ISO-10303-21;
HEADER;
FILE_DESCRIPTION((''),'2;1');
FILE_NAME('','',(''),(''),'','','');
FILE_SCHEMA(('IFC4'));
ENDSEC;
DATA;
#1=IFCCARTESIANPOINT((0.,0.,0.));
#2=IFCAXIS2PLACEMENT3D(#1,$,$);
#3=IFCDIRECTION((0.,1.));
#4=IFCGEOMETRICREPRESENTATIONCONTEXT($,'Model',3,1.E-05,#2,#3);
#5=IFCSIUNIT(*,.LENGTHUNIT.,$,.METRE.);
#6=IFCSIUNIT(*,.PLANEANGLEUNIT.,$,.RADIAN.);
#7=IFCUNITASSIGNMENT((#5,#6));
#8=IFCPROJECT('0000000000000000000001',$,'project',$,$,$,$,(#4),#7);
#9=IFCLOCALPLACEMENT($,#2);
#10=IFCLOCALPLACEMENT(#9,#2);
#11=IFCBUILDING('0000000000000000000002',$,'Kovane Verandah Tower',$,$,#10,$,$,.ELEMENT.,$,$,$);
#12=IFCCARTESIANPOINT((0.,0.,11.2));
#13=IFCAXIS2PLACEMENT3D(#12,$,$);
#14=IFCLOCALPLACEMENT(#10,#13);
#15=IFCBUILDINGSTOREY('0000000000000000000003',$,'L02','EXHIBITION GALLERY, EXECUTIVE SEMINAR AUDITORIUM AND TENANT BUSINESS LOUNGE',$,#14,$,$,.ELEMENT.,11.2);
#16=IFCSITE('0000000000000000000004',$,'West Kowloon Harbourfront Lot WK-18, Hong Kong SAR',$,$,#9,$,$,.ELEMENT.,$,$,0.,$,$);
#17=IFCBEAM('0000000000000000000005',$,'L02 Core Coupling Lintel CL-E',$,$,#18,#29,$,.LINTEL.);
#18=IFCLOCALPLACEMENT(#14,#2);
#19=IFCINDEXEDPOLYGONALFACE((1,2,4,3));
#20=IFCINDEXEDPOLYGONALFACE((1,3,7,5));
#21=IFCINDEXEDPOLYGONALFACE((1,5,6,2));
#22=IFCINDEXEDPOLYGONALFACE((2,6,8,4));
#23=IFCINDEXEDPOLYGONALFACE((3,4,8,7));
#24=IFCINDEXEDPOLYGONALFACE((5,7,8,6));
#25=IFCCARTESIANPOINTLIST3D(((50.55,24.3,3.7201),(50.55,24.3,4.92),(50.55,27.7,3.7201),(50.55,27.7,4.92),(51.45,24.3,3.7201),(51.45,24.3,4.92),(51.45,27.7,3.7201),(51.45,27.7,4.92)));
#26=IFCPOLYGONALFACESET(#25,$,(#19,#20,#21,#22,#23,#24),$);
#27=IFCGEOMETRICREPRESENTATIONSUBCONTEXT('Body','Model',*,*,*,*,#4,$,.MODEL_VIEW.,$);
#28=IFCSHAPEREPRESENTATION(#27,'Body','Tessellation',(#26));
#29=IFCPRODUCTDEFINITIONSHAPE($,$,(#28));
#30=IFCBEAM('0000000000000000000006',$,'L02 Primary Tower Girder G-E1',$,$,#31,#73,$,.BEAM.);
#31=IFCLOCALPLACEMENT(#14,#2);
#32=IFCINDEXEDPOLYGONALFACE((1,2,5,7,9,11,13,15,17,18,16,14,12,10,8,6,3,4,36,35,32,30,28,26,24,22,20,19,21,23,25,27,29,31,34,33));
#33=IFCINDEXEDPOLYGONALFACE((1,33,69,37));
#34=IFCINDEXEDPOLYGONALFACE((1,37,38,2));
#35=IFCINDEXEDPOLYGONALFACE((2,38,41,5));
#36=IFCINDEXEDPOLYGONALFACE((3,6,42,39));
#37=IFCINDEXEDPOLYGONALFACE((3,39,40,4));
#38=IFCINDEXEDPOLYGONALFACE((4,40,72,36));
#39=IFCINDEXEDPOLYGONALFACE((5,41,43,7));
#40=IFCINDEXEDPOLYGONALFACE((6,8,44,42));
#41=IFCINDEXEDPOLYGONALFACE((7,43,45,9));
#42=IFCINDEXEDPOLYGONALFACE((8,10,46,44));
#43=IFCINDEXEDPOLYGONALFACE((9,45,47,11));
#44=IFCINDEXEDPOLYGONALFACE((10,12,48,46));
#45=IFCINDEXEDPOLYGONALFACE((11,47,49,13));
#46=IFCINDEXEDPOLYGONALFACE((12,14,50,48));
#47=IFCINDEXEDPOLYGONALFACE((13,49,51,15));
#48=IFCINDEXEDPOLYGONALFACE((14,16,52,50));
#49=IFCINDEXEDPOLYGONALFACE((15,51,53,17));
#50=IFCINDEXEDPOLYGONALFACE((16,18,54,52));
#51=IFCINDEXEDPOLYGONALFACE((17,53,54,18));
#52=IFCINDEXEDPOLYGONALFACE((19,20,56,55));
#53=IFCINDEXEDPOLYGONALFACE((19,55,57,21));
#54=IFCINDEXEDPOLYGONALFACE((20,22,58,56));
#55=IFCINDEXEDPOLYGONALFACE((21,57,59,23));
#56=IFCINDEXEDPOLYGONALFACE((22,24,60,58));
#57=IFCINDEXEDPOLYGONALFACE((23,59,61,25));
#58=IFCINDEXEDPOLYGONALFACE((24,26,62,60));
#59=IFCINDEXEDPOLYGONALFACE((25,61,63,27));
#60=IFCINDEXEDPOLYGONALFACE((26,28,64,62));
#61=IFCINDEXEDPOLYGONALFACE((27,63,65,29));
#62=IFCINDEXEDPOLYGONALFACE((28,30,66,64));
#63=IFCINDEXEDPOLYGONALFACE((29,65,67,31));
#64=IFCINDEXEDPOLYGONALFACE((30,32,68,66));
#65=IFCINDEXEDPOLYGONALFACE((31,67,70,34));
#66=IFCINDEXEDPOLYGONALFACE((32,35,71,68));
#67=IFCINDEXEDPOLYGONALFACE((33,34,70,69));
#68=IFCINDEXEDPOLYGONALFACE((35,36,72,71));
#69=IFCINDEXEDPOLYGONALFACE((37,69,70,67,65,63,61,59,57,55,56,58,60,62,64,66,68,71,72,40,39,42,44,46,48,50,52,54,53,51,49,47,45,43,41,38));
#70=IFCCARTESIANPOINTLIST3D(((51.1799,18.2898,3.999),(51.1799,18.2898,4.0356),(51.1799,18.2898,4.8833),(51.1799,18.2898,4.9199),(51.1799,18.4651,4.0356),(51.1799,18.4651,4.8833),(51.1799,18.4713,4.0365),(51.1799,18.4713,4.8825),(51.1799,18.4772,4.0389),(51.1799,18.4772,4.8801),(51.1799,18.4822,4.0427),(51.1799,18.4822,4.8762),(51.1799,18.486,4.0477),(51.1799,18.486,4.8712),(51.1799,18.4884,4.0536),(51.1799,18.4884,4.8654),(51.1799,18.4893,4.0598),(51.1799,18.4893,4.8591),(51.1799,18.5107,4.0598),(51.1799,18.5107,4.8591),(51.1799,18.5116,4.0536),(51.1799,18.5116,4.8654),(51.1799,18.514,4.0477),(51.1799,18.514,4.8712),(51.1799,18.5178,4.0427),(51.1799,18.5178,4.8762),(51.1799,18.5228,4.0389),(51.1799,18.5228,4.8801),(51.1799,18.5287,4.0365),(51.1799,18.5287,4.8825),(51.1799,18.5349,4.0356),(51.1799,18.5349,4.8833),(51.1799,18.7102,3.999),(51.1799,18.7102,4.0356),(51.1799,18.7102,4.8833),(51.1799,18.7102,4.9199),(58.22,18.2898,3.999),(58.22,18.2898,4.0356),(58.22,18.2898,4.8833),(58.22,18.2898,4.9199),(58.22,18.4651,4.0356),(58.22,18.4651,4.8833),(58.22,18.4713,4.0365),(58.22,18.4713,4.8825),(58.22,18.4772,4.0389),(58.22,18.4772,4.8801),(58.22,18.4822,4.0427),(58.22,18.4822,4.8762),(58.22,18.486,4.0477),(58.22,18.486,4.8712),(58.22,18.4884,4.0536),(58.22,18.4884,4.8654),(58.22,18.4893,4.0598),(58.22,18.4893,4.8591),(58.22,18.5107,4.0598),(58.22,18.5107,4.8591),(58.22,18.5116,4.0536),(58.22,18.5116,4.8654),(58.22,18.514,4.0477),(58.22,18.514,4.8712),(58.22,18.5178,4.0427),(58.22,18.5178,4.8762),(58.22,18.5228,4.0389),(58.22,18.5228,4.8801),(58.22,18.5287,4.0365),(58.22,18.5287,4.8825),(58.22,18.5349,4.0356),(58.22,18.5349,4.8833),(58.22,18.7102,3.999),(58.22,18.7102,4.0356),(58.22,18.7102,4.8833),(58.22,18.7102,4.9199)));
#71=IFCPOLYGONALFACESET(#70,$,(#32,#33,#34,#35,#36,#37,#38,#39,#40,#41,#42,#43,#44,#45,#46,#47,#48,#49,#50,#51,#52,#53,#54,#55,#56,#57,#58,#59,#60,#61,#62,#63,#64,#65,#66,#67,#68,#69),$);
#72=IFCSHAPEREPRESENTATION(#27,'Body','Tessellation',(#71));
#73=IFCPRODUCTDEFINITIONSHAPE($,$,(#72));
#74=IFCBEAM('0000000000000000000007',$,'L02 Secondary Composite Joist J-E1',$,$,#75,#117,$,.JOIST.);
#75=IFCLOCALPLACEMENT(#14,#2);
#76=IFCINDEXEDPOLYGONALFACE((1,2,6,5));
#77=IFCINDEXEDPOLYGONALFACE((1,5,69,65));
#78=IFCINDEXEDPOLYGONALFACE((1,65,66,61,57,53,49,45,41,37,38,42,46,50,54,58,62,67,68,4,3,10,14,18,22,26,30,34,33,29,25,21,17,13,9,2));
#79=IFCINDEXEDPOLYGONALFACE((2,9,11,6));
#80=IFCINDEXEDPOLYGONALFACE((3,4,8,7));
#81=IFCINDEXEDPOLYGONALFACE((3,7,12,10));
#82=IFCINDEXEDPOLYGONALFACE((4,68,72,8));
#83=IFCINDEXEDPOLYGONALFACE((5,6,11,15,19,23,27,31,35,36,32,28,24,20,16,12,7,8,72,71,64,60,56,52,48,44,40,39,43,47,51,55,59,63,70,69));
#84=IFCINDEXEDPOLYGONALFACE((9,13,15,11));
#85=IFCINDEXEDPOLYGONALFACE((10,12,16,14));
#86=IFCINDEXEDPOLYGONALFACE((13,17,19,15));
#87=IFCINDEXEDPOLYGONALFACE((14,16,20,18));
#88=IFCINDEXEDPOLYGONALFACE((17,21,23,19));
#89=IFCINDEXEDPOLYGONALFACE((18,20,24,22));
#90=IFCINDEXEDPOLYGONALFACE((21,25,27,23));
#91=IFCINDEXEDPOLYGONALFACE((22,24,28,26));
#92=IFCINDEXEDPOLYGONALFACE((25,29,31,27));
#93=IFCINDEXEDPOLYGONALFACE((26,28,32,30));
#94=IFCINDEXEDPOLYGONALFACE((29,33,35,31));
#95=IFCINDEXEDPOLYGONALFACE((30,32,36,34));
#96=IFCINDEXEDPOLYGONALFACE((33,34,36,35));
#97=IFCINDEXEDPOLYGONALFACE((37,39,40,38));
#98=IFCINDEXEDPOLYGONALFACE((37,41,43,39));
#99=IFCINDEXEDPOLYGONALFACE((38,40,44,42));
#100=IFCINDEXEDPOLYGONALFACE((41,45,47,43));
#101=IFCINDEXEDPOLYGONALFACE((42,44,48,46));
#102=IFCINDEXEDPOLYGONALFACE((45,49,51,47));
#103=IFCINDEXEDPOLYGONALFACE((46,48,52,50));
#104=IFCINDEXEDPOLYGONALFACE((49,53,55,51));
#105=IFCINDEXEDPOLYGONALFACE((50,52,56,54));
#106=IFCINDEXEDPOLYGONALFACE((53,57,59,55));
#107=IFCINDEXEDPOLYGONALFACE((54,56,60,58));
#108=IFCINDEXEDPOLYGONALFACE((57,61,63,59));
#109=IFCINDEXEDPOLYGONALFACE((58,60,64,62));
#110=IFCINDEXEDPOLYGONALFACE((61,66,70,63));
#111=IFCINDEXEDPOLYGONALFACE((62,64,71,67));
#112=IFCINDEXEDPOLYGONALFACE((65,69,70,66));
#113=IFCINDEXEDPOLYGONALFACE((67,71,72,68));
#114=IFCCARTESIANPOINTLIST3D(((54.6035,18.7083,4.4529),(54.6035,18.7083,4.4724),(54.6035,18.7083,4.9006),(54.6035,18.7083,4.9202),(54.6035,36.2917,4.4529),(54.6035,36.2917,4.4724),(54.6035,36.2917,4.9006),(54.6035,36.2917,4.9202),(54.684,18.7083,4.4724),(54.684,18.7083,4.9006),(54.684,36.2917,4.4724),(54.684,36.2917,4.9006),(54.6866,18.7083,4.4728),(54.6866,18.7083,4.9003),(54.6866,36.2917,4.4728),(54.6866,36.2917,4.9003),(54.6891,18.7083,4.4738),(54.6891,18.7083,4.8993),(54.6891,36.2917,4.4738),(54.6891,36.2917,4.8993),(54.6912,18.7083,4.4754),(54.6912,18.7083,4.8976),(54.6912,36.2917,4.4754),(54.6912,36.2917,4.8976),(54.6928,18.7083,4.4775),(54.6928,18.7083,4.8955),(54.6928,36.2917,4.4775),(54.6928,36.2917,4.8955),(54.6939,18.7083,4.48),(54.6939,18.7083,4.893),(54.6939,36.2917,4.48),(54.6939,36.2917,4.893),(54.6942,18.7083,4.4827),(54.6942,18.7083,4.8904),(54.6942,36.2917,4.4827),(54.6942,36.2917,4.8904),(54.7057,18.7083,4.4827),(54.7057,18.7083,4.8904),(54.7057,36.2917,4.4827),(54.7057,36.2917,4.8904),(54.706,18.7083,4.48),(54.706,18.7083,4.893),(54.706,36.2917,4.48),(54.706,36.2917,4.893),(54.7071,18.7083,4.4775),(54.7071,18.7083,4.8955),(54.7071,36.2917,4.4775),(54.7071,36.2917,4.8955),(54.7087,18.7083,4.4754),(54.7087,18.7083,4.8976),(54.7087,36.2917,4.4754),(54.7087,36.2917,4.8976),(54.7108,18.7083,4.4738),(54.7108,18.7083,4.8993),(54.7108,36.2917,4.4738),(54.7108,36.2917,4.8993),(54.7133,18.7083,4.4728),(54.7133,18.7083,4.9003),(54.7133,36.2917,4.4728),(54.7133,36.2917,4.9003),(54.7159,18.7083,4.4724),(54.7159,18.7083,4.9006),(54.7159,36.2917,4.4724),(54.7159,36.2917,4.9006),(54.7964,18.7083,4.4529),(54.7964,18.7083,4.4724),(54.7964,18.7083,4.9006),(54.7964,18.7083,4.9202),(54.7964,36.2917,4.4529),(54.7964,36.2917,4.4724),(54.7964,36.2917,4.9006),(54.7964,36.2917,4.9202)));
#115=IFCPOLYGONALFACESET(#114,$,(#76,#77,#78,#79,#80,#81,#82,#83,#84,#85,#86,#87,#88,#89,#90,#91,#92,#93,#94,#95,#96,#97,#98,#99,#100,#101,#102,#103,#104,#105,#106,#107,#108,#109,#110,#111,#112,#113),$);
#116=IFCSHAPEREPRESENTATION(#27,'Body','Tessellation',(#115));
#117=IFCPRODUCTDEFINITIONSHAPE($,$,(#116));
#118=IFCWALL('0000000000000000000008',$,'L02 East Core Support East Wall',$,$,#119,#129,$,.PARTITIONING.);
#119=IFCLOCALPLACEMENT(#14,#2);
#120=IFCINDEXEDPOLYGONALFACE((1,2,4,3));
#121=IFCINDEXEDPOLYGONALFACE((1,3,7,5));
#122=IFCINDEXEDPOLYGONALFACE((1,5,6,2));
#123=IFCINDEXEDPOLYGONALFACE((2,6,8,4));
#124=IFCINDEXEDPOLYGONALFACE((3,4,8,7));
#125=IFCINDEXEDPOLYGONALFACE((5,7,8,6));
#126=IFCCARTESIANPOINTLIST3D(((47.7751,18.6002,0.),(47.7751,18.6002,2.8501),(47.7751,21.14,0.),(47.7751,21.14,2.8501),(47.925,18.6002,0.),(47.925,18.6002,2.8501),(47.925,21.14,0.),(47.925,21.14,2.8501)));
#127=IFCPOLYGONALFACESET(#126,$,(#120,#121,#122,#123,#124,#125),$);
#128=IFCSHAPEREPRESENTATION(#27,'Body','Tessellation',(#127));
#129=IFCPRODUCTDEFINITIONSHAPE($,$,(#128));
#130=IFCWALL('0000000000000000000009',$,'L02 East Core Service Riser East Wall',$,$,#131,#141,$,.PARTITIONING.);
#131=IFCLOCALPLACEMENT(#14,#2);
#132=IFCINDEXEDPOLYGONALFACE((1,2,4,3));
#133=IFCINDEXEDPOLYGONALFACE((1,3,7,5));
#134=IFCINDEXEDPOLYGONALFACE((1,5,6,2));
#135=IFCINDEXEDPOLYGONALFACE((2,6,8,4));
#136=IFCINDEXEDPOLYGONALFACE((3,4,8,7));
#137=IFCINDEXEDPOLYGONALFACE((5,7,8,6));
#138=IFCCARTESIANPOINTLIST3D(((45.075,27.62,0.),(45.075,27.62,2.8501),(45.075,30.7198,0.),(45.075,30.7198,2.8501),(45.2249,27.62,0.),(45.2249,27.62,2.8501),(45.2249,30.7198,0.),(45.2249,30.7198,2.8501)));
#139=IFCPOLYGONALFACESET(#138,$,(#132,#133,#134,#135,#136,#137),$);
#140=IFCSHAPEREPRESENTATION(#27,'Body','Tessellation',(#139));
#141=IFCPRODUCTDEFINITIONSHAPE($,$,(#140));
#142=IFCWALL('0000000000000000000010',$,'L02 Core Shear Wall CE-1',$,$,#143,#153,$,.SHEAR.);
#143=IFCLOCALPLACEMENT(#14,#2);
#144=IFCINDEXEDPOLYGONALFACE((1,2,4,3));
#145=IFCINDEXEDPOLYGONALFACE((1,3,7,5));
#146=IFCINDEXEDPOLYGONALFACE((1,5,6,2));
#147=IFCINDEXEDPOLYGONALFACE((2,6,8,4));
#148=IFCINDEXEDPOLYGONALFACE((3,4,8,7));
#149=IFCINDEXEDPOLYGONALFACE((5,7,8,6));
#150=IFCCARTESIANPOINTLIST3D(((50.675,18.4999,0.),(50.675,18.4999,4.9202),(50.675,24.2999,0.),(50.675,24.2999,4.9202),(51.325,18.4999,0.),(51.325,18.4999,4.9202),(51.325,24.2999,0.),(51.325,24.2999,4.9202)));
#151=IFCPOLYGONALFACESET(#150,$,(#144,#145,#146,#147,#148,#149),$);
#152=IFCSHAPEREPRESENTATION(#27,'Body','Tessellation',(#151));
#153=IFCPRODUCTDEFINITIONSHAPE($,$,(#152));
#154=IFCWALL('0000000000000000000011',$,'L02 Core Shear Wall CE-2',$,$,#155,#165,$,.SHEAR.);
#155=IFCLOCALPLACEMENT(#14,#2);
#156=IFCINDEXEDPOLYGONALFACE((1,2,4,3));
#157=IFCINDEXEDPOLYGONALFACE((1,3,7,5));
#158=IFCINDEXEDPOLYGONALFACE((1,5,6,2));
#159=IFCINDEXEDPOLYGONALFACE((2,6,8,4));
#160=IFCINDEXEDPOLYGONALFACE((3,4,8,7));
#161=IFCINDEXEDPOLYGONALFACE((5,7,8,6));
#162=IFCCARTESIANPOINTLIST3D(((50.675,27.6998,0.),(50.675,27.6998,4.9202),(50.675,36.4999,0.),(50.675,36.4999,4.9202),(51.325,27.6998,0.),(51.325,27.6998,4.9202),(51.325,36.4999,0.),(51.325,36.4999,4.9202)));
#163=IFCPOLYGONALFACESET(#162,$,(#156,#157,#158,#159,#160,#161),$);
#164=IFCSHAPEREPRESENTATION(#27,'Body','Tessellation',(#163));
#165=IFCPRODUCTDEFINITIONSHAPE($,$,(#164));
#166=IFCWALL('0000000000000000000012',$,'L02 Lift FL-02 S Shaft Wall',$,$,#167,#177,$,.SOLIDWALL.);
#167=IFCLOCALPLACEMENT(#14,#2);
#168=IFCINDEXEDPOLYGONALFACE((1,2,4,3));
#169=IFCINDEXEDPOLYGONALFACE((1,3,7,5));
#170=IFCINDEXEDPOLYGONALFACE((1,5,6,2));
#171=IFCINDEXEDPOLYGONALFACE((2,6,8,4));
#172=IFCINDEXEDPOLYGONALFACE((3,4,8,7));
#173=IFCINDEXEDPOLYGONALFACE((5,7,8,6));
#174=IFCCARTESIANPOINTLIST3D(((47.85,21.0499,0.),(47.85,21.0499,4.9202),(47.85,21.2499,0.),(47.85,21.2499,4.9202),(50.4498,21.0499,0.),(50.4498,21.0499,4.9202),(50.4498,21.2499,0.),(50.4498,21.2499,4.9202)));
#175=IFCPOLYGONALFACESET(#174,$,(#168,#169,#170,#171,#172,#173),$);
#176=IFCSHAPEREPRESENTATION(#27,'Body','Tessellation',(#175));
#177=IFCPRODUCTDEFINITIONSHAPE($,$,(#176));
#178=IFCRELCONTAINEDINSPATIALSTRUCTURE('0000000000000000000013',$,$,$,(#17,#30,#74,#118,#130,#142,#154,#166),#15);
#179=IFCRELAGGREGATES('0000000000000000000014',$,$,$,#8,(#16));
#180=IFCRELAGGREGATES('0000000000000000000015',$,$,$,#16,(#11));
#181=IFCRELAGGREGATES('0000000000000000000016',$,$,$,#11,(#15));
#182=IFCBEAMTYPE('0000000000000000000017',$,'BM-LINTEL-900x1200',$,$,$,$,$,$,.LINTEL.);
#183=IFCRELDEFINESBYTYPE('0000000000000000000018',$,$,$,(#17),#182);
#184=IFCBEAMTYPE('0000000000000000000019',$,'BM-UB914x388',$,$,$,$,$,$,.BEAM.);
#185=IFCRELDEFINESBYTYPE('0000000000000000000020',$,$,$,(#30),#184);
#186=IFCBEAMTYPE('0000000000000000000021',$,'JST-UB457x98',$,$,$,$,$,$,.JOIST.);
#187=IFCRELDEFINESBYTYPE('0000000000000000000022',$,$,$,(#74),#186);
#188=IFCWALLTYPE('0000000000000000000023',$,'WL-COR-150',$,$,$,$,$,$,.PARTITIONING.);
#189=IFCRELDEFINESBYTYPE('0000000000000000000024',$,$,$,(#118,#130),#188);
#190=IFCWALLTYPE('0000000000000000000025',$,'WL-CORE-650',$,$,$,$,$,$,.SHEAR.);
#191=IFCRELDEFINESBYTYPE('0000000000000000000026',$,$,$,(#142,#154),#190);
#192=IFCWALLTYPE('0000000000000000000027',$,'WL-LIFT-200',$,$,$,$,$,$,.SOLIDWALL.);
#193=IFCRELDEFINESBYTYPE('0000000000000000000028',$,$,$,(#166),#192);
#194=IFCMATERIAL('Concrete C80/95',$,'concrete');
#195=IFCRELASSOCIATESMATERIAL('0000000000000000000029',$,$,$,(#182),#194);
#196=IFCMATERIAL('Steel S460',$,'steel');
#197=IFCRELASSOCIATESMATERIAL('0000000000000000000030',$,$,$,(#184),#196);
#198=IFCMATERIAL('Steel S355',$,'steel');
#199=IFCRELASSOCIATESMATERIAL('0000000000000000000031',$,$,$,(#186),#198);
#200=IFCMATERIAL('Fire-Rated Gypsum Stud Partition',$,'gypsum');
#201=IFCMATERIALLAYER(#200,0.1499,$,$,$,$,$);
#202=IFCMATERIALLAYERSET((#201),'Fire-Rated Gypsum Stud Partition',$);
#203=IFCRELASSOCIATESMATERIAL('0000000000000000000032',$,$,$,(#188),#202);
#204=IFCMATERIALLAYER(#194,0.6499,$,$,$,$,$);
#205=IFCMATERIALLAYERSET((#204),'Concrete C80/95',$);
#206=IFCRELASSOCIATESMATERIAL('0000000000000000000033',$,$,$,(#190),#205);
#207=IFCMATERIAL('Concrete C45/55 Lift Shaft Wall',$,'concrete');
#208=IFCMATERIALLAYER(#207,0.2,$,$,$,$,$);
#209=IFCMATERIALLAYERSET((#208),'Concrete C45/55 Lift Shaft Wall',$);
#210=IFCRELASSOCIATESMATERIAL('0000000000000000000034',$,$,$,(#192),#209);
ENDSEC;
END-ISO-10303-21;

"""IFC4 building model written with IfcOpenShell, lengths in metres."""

from ifc_helpers import new_model, si_unit, direction, frame, frame_2d, origin, origin_2d, place, context, subcontext, project, spatial, rectangle, i_section, extrude, material, layer, layer_set, material_profile, profile_set, type_object, element, save


model = new_model("IFC4")

# Units and contexts
model_context = context("Model", 3, precision=1e-05, world=origin(), true_north=direction((0.0, 1.0)))
body_context = subcontext(model_context, "Body", "Model", "MODEL_VIEW")
ifc_project = project(units=[si_unit("LENGTHUNIT", "METRE"), si_unit("PLANEANGLEUNIT", "RADIAN")], contexts=[model_context])

# Site, building, storey
site_placement = place(None, origin())
site = spatial("IfcSite", under=ifc_project, at=site_placement, Name="West Kowloon Harbourfront Lot WK-18, Hong Kong SAR", CompositionType="ELEMENT", RefElevation=0.0)
building_placement = place(site_placement, origin())
building = spatial("IfcBuilding", under=site, at=building_placement, Name="Kovane Verandah Tower", CompositionType="ELEMENT")
storey_placement = place(building_placement, frame((0.0, 0.0, 11.2)))
storey = spatial("IfcBuildingStorey", under=building, at=storey_placement, Name="L02", Description="EXHIBITION GALLERY, EXECUTIVE SEMINAR AUDITORIUM AND TENANT BUSINESS LOUNGE", CompositionType="ELEMENT", Elevation=11.2)

# Beams
ifc_material_1 = material(Name="Concrete C80/95", Category="concrete")
ifc_material_profile_1 = material_profile(ifc_material_1, rectangle(XDim=0.8999, YDim=1.2, at=origin_2d()), Name="RCB900x1200")
ifc_profile_set_1 = profile_set([ifc_material_profile_1], Name="Concrete C80/95")
beam_type_1 = type_object("IfcBeamType", Name="BM-LINTEL-900x1200", PredefinedType="LINTEL", material=ifc_profile_set_1)
beam_1_placement = place(storey_placement, frame((51.0, 24.3, 4.3201), z_axis=(0.0, 1.0, 0.0), x_axis=(-1.0, 0.0, 0.0)))
element("IfcBeam", 1, at=beam_1_placement, inside=storey, type_object=beam_type_1, Name="L02 Core Coupling Lintel CL-E", PredefinedType="LINTEL", context=body_context, shape_type="SweptSolid", body=[
    extrude(rectangle(XDim=0.8999, YDim=1.2, at=origin_2d()), origin(), (0.0, 0.0, 1.0), 3.3999),
])
ifc_material_2 = material(Name="Steel S460", Category="steel")
ifc_material_profile_2 = material_profile(ifc_material_2, i_section(OverallWidth=0.4204, OverallDepth=0.9209, WebThickness=0.0215, FlangeThickness=0.0366, FilletRadius=0.0242, at=origin_2d()), Name="UB914x419x388")
ifc_profile_set_2 = profile_set([ifc_material_profile_2], Name="Steel S460")
beam_type_2 = type_object("IfcBeamType", Name="BM-UB914x388", PredefinedType="BEAM", material=ifc_profile_set_2)
beam_2_placement = place(storey_placement, frame((51.1799, 18.5, 4.4595), z_axis=(1.0, 0.0, 0.0), x_axis=(0.0, 1.0, 0.0)))
element("IfcBeam", 2, at=beam_2_placement, inside=storey, type_object=beam_type_2, Name="L02 Primary Tower Girder G-E1", PredefinedType="BEAM", context=body_context, shape_type="SweptSolid", body=[
    extrude(i_section(OverallWidth=0.4204, OverallDepth=0.9209, WebThickness=0.0215, FlangeThickness=0.0366, FilletRadius=0.0242, at=origin_2d()), origin(), (0.0, 0.0, 1.0), 7.04),
])
ifc_material_3 = material(Name="Steel S355", Category="steel")
ifc_material_profile_3 = material_profile(ifc_material_3, i_section(OverallWidth=0.1929, OverallDepth=0.4673, WebThickness=0.0115, FlangeThickness=0.0195, FilletRadius=0.0103, at=origin_2d()), Name="UB457x191x98")
ifc_profile_set_3 = profile_set([ifc_material_profile_3], Name="Steel S355")
beam_type_3 = type_object("IfcBeamType", Name="JST-UB457x98", PredefinedType="JOIST", material=ifc_profile_set_3)
beam_3_placement = place(storey_placement, frame((54.7, 18.7083, 4.6865), z_axis=(0.0, 1.0, 0.0), x_axis=(-1.0, 0.0, 0.0)))
element("IfcBeam", 3, at=beam_3_placement, inside=storey, type_object=beam_type_3, Name="L02 Secondary Composite Joist J-E1", PredefinedType="JOIST", context=body_context, shape_type="SweptSolid", body=[
    extrude(i_section(OverallWidth=0.1929, OverallDepth=0.4673, WebThickness=0.0115, FlangeThickness=0.0195, FilletRadius=0.0103, at=origin_2d()), origin(), (0.0, 0.0, 1.0), 17.5835),
])

# Wall
ifc_material_4 = material(Name="Fire-Rated Gypsum Stud Partition", Category="gypsum")
ifc_layer_1 = layer(ifc_material_4, 0.1499)
ifc_layer_set_1 = layer_set([ifc_layer_1], Name="Fire-Rated Gypsum Stud Partition")
wall_type_1 = type_object("IfcWallType", Name="WL-COR-150", PredefinedType="PARTITIONING", material=ifc_layer_set_1)
wall_1_placement = place(storey_placement, frame((47.8501, 18.6001, 0.0), z_axis=(0.0, 0.0, 1.0), x_axis=(0.0, 1.0, 0.0)))
element("IfcWall", 4, at=wall_1_placement, inside=storey, type_object=wall_type_1, Name="L02 East Core Support East Wall", PredefinedType="PARTITIONING", context=body_context, shape_type="SweptSolid", body=[
    extrude(rectangle(XDim=2.5398, YDim=0.1499, at=frame_2d((1.27, 0.0))), origin(), (0.0, 0.0, 1.0), 2.8501),
])

# Walls
wall_2_placement = place(storey_placement, frame((45.1499, 27.6201, 0.0), z_axis=(0.0, 0.0, 1.0), x_axis=(0.0, 1.0, 0.0)))
element("IfcWall", 5, at=wall_2_placement, inside=storey, type_object=wall_type_1, Name="L02 East Core Service Riser East Wall", PredefinedType="PARTITIONING", context=body_context, shape_type="SweptSolid", body=[
    extrude(rectangle(XDim=3.0999, YDim=0.1499, at=frame_2d((1.5498, 0.0))), origin(), (0.0, 0.0, 1.0), 2.8501),
])
ifc_layer_2 = layer(ifc_material_1, 0.6499)
ifc_layer_set_2 = layer_set([ifc_layer_2], Name="Concrete C80/95")
wall_type_2 = type_object("IfcWallType", Name="WL-CORE-650", PredefinedType="SHEAR", material=ifc_layer_set_2)
wall_3_placement = place(storey_placement, frame((51.0, 18.5, 0.0), z_axis=(0.0, 0.0, 1.0), x_axis=(0.0, 1.0, 0.0)))
element("IfcWall", 6, at=wall_3_placement, inside=storey, type_object=wall_type_2, Name="L02 Core Shear Wall CE-1", PredefinedType="SHEAR", context=body_context, shape_type="SweptSolid", body=[
    extrude(rectangle(XDim=5.8, YDim=0.6499, at=frame_2d((2.8999, 0.0))), origin(), (0.0, 0.0, 1.0), 4.9202),
])
wall_4_placement = place(storey_placement, frame((51.0, 27.7, 0.0), z_axis=(0.0, 0.0, 1.0), x_axis=(0.0, 1.0, 0.0)))
element("IfcWall", 7, at=wall_4_placement, inside=storey, type_object=wall_type_2, Name="L02 Core Shear Wall CE-2", PredefinedType="SHEAR", context=body_context, shape_type="SweptSolid", body=[
    extrude(rectangle(XDim=8.8, YDim=0.6499, at=frame_2d((4.3999, 0.0))), origin(), (0.0, 0.0, 1.0), 4.9202),
])

# Wall
ifc_material_5 = material(Name="Concrete C45/55 Lift Shaft Wall", Category="concrete")
ifc_layer_3 = layer(ifc_material_5, 0.2)
ifc_layer_set_3 = layer_set([ifc_layer_3], Name="Concrete C45/55 Lift Shaft Wall")
wall_type_3 = type_object("IfcWallType", Name="WL-LIFT-200", PredefinedType="SOLIDWALL", material=ifc_layer_set_3)
wall_5_placement = place(storey_placement, frame((47.8501, 21.1499, 0.0), z_axis=(0.0, 0.0, 1.0), x_axis=(1.0, 0.0, 0.0)))
element("IfcWall", 8, at=wall_5_placement, inside=storey, type_object=wall_type_3, Name="L02 Lift FL-02 S Shaft Wall", PredefinedType="SOLIDWALL", context=body_context, shape_type="SweptSolid", body=[
    extrude(rectangle(XDim=2.5999, YDim=0.2, at=frame_2d((1.2998, 0.0))), origin(), (0.0, 0.0, 1.0), 4.9202),
])

save(model, "model.ifc")
